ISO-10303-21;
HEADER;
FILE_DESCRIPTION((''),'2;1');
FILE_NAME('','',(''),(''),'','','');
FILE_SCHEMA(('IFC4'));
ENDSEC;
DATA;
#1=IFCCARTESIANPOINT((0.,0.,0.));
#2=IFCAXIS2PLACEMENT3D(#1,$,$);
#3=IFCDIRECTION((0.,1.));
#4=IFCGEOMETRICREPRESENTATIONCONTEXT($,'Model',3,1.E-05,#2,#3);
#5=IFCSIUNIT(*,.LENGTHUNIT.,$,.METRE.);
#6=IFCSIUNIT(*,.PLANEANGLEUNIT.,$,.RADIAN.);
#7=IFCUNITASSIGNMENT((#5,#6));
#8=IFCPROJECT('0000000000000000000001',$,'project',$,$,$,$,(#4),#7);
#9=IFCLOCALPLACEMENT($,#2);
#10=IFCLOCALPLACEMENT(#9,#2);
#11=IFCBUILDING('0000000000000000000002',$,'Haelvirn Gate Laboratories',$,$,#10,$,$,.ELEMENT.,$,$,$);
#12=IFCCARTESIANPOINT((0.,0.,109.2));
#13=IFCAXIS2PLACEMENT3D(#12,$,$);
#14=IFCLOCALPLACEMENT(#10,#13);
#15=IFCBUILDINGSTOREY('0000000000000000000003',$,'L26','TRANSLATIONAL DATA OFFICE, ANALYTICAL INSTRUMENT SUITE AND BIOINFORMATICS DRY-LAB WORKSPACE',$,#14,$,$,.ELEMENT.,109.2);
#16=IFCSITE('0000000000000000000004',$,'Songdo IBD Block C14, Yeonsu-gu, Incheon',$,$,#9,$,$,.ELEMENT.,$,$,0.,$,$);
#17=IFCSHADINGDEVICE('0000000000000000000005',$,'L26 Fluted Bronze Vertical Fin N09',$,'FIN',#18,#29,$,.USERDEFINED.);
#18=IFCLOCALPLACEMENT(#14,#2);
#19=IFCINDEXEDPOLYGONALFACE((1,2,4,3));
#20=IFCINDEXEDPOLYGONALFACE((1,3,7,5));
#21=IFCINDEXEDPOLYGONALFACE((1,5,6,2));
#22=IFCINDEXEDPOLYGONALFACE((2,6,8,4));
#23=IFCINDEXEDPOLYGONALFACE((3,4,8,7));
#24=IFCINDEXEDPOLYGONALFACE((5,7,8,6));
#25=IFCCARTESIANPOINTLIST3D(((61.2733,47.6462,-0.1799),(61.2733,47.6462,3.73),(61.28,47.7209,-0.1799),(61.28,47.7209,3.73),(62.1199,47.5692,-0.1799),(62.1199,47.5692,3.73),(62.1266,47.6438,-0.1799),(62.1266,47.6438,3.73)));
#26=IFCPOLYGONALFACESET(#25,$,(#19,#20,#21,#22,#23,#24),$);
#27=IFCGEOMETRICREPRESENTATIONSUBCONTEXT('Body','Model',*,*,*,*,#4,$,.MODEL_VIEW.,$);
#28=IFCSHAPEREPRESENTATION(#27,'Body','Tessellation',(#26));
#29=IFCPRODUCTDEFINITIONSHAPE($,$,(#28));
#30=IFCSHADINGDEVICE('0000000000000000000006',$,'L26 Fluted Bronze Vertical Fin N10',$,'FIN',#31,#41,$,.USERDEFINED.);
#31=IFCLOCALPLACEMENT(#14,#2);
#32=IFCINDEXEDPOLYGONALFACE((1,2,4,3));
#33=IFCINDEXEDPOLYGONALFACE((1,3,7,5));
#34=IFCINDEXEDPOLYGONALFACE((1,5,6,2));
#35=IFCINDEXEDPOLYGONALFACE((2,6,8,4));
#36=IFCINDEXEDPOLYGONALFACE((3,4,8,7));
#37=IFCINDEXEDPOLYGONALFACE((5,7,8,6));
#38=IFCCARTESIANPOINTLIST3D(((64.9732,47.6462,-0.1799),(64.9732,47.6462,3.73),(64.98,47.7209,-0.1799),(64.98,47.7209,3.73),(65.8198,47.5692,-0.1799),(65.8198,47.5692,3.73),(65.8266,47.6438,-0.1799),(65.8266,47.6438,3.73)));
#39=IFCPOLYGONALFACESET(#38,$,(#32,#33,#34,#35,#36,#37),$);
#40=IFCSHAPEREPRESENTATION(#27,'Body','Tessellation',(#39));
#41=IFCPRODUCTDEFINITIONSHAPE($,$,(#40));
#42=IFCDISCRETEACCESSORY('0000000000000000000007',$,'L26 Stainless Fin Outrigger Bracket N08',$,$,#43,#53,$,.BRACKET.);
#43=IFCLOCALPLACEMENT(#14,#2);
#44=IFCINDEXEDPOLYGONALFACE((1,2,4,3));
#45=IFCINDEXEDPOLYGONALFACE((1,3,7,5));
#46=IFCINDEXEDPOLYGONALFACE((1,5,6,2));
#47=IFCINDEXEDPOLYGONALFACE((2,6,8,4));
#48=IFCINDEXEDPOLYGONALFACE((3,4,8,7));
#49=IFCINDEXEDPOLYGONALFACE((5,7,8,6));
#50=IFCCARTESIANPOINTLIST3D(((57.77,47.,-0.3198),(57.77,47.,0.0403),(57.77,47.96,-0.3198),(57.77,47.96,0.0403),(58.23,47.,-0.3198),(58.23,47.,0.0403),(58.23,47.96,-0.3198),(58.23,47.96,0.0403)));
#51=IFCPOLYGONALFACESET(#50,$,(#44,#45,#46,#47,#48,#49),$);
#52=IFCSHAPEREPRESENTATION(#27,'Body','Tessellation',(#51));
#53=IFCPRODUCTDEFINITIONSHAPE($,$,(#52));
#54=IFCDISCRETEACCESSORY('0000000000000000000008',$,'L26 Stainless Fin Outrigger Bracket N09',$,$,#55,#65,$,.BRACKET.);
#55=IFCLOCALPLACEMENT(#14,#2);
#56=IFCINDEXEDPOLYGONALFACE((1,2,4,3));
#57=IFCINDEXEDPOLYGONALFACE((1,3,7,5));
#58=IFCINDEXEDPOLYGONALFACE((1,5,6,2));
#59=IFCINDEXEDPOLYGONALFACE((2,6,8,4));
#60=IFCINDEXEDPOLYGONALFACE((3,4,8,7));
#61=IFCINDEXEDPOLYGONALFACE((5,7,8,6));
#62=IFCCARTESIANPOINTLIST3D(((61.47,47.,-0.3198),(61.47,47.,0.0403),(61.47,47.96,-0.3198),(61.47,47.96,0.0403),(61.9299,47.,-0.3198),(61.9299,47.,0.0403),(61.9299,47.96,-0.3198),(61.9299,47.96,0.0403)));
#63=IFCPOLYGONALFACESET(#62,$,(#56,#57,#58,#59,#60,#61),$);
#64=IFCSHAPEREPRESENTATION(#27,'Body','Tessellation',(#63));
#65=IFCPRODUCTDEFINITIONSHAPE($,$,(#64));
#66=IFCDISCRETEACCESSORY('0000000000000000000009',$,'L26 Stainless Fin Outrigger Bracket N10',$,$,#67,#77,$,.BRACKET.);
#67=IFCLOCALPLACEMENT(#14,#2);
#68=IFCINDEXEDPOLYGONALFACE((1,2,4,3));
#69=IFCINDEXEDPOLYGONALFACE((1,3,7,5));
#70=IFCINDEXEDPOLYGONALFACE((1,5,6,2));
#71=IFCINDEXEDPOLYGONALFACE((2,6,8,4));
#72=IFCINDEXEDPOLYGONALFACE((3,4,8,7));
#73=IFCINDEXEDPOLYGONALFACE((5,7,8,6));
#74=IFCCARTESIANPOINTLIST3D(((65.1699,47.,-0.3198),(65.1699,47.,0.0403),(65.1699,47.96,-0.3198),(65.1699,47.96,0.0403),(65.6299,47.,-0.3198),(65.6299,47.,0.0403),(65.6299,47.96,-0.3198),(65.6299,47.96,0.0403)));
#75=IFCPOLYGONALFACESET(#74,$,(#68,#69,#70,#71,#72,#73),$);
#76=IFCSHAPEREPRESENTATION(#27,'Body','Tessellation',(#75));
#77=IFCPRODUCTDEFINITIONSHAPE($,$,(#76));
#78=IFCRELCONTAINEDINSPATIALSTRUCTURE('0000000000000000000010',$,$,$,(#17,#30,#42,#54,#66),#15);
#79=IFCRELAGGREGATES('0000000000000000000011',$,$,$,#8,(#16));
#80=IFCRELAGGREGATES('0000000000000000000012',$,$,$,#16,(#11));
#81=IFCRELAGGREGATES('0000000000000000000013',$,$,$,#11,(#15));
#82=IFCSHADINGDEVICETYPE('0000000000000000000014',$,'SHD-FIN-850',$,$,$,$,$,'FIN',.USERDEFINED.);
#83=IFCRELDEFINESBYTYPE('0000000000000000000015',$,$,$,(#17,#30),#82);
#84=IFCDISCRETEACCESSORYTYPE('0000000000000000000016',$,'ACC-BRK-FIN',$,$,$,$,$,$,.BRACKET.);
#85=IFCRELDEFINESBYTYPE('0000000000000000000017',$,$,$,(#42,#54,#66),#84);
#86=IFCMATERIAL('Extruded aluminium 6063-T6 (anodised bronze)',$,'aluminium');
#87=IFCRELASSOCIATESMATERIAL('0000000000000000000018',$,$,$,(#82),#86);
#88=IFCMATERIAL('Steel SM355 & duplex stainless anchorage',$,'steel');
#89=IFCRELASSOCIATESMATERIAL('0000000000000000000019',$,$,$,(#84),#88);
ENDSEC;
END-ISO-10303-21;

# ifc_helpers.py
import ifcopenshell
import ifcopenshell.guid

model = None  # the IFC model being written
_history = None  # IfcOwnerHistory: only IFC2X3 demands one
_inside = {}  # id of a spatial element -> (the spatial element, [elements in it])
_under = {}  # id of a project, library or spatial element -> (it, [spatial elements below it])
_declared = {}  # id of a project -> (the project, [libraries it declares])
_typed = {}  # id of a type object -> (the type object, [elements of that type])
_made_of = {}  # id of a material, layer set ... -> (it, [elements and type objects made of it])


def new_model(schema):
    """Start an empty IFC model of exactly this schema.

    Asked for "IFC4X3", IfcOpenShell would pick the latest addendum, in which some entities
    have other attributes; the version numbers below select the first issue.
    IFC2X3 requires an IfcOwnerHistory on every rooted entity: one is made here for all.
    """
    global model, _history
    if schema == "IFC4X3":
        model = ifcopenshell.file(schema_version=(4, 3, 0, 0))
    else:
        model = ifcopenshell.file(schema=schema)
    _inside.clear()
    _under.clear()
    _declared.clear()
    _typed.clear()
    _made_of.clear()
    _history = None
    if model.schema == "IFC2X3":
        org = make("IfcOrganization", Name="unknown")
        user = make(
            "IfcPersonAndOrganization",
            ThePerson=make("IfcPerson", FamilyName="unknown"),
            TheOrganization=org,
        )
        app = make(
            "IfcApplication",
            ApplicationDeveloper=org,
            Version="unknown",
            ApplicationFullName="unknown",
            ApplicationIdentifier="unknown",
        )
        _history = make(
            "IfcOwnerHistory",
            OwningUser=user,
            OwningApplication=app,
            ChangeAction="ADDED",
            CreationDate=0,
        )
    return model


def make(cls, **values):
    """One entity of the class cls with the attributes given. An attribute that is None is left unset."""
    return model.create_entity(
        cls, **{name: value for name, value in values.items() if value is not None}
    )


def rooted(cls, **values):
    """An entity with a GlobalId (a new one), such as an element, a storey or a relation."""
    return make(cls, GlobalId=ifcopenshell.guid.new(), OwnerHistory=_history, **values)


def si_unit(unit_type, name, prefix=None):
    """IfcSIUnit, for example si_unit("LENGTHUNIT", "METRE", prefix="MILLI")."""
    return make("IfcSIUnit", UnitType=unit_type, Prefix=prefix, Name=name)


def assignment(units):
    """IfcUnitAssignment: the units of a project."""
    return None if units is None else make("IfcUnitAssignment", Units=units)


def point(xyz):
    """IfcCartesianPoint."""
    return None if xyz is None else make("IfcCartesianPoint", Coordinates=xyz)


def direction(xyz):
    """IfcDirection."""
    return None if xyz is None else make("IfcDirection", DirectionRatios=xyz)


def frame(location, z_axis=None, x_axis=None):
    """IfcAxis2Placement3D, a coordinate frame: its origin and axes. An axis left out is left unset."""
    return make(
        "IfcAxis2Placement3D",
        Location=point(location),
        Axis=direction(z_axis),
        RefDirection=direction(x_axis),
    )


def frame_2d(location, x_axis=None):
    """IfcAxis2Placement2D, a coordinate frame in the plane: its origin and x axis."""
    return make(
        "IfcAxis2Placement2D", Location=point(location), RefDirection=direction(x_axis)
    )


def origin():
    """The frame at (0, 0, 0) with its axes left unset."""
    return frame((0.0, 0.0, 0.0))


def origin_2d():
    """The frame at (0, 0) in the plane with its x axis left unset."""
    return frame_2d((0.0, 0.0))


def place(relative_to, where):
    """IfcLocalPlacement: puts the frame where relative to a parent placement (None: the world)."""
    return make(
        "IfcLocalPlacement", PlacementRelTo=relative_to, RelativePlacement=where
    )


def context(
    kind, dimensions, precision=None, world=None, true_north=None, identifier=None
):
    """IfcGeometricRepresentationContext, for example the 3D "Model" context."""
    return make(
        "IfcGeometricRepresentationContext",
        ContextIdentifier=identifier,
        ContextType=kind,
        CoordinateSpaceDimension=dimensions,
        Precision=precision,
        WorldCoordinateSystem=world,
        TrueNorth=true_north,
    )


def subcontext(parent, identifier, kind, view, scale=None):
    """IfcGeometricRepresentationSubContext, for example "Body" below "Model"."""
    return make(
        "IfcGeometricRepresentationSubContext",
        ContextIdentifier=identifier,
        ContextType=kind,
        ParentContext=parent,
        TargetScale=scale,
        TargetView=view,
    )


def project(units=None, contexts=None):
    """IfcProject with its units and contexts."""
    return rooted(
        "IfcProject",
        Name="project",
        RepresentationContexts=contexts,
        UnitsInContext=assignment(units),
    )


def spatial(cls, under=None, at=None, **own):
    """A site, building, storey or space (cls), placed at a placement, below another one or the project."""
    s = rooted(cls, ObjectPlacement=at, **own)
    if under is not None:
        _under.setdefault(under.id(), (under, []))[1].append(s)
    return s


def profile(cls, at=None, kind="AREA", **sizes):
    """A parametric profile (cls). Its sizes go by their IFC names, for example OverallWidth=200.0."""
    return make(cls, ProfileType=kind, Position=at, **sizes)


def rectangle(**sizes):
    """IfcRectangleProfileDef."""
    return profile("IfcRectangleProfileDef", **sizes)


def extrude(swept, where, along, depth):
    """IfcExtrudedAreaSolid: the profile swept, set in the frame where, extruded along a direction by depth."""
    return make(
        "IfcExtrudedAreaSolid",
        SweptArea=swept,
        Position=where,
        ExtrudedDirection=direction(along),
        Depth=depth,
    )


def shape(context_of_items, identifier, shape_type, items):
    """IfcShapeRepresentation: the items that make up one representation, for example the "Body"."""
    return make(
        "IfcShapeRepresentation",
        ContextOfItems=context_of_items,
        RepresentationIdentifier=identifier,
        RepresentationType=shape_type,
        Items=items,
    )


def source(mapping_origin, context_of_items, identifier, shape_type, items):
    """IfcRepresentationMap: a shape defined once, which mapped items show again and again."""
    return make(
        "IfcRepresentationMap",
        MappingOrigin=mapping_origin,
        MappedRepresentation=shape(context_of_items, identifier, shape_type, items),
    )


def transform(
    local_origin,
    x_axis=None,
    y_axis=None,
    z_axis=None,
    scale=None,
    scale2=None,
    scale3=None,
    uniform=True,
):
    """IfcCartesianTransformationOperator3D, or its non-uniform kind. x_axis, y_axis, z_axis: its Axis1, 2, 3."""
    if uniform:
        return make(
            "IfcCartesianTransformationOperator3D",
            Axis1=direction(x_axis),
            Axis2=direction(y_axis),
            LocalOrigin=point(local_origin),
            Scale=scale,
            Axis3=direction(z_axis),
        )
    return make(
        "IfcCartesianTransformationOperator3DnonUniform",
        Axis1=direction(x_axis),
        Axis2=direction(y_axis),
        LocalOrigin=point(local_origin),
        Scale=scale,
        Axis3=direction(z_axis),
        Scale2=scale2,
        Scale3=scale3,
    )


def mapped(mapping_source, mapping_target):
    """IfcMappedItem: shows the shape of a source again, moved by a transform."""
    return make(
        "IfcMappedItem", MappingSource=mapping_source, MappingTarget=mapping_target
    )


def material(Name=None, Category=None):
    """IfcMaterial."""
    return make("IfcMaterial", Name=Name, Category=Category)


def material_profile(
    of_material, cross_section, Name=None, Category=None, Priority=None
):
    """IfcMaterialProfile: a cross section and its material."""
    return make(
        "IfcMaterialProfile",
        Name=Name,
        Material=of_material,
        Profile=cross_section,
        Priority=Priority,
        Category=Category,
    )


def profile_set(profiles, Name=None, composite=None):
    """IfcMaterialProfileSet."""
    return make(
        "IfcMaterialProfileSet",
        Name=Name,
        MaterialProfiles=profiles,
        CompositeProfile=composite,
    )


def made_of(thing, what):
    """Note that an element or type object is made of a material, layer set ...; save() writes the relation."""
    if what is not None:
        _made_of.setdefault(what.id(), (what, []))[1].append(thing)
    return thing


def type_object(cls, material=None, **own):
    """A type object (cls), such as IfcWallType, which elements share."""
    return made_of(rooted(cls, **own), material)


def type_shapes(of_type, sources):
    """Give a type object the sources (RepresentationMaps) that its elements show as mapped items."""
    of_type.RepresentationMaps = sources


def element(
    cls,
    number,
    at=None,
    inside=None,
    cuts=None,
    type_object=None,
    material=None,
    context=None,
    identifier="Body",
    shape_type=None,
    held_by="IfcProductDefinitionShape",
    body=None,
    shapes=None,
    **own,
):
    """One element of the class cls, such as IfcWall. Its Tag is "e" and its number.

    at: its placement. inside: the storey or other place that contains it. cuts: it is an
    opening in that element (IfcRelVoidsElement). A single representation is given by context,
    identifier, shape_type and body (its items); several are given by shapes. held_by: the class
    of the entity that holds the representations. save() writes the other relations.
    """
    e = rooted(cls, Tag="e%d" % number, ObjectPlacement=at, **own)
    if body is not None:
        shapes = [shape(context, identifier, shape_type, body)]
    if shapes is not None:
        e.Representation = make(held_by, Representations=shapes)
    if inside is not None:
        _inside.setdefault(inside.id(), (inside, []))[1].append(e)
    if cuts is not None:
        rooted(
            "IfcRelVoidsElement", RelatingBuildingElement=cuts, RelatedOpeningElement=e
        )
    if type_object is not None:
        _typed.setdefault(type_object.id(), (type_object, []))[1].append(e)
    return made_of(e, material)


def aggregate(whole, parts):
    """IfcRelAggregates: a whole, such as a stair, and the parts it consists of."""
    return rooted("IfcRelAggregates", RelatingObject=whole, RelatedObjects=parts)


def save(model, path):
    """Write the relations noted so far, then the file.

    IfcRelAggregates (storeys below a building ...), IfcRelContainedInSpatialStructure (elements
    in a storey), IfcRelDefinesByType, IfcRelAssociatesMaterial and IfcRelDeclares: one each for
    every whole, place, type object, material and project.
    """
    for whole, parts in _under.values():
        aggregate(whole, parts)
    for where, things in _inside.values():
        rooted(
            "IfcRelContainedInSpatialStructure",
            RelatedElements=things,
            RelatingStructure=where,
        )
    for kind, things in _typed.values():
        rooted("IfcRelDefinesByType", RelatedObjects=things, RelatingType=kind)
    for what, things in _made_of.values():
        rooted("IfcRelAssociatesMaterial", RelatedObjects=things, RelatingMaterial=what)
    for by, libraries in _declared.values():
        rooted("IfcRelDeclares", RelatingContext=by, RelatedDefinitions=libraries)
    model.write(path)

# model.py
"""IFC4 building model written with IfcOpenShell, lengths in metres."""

from ifc_helpers import new_model, si_unit, direction, frame, origin, origin_2d, place, context, subcontext, project, spatial, rectangle, extrude, source, transform, mapped, material, material_profile, profile_set, type_object, type_shapes, element, save


model = new_model("IFC4")

# Units and contexts
model_context = context("Model", 3, precision=1e-05, world=origin(), true_north=direction((0.0, 1.0)))
body_context = subcontext(model_context, "Body", "Model", "MODEL_VIEW")
ifc_project = project(units=[si_unit("LENGTHUNIT", "METRE"), si_unit("PLANEANGLEUNIT", "RADIAN")], contexts=[model_context])

# Site, building, storey
site_placement = place(None, origin())
site = spatial("IfcSite", under=ifc_project, at=site_placement, Name="Songdo IBD Block C14, Yeonsu-gu, Incheon", CompositionType="ELEMENT", RefElevation=0.0)
building_placement = place(site_placement, origin())
building = spatial("IfcBuilding", under=site, at=building_placement, Name="Haelvirn Gate Laboratories", CompositionType="ELEMENT")
storey_placement = place(building_placement, frame((0.0, 0.0, 109.2)))
storey = spatial("IfcBuildingStorey", under=building, at=storey_placement, Name="L26", Description="TRANSLATIONAL DATA OFFICE, ANALYTICAL INSTRUMENT SUITE AND BIOINFORMATICS DRY-LAB WORKSPACE", CompositionType="ELEMENT", Elevation=109.2)

# Shared definitions
ifc_material_1 = material(Name="Extruded aluminium 6063-T6 (anodised bronze)", Category="aluminium")

# Shading devices
ifc_material_profile_1 = material_profile(ifc_material_1, rectangle(XDim=0.075, YDim=0.8501, at=origin_2d()), Name="FIN-850x75")
ifc_profile_set_1 = profile_set([ifc_material_profile_1], Name="Extruded aluminium 6063-T6 (anodised bronze)")
shading_device_type = type_object("IfcShadingDeviceType", Name="SHD-FIN-850", ElementType="FIN", PredefinedType="USERDEFINED", material=ifc_profile_set_1)
shared_shape_1 = source(origin(), body_context, "Body", "SweptSolid", [
    extrude(rectangle(XDim=0.075, YDim=0.8501, at=origin_2d()), origin(), (0.0, 0.0, 1.0), 3.9099),
])
type_shapes(shading_device_type, [shared_shape_1])
for number, where, z_axis, x_axis, name in (
    (1, (61.7, 47.645, -0.1799), (0.0, 0.0, 1.0), (0.090633, 0.995884, 0.0), "L26 Fluted Bronze Vertical Fin N09"),
    (2, (65.3999, 47.645, -0.1799), (0.0, 0.0, 1.0), (0.090633, 0.995884, 0.0), "L26 Fluted Bronze Vertical Fin N10"),
):
    element("IfcShadingDevice", number, at=place(storey_placement, frame(where, z_axis=z_axis, x_axis=x_axis)), inside=storey, type_object=shading_device_type, Name=name, ObjectType="FIN", PredefinedType="USERDEFINED", context=body_context, shape_type="MappedRepresentation", body=[
        mapped(shared_shape_1, transform((0.0, 0.0, 0.0), scale=1.0)),
    ])

# Discrete accessories
ifc_material_2 = material(Name="Steel SM355 & duplex stainless anchorage", Category="steel")
discrete_accessory_type = type_object("IfcDiscreteAccessoryType", Name="ACC-BRK-FIN", PredefinedType="BRACKET", material=ifc_material_2)
shared_shape_2 = source(origin(), body_context, "Body", "SweptSolid", [
    extrude(rectangle(XDim=0.46, YDim=0.96, at=origin_2d()), origin(), (0.0, 0.0, 1.0), 0.3601),
])
type_shapes(discrete_accessory_type, [shared_shape_2])
for number, where, z_axis, x_axis, name in (
    (3, (58.0, 47.48, -0.3198), (0.0, 0.0, 1.0), (1.0, 0.0, 0.0), "L26 Stainless Fin Outrigger Bracket N08"),
    (4, (61.7, 47.48, -0.3198), (0.0, 0.0, 1.0), (1.0, 0.0, 0.0), "L26 Stainless Fin Outrigger Bracket N09"),
    (5, (65.3999, 47.48, -0.3198), (0.0, 0.0, 1.0), (1.0, 0.0, 0.0), "L26 Stainless Fin Outrigger Bracket N10"),
):
    element("IfcDiscreteAccessory", number, at=place(storey_placement, frame(where, z_axis=z_axis, x_axis=x_axis)), inside=storey, type_object=discrete_accessory_type, Name=name, PredefinedType="BRACKET", context=body_context, shape_type="MappedRepresentation", body=[
        mapped(shared_shape_2, transform((0.0, 0.0, 0.0), scale=1.0)),
    ])

save(model, "model.ifc")
